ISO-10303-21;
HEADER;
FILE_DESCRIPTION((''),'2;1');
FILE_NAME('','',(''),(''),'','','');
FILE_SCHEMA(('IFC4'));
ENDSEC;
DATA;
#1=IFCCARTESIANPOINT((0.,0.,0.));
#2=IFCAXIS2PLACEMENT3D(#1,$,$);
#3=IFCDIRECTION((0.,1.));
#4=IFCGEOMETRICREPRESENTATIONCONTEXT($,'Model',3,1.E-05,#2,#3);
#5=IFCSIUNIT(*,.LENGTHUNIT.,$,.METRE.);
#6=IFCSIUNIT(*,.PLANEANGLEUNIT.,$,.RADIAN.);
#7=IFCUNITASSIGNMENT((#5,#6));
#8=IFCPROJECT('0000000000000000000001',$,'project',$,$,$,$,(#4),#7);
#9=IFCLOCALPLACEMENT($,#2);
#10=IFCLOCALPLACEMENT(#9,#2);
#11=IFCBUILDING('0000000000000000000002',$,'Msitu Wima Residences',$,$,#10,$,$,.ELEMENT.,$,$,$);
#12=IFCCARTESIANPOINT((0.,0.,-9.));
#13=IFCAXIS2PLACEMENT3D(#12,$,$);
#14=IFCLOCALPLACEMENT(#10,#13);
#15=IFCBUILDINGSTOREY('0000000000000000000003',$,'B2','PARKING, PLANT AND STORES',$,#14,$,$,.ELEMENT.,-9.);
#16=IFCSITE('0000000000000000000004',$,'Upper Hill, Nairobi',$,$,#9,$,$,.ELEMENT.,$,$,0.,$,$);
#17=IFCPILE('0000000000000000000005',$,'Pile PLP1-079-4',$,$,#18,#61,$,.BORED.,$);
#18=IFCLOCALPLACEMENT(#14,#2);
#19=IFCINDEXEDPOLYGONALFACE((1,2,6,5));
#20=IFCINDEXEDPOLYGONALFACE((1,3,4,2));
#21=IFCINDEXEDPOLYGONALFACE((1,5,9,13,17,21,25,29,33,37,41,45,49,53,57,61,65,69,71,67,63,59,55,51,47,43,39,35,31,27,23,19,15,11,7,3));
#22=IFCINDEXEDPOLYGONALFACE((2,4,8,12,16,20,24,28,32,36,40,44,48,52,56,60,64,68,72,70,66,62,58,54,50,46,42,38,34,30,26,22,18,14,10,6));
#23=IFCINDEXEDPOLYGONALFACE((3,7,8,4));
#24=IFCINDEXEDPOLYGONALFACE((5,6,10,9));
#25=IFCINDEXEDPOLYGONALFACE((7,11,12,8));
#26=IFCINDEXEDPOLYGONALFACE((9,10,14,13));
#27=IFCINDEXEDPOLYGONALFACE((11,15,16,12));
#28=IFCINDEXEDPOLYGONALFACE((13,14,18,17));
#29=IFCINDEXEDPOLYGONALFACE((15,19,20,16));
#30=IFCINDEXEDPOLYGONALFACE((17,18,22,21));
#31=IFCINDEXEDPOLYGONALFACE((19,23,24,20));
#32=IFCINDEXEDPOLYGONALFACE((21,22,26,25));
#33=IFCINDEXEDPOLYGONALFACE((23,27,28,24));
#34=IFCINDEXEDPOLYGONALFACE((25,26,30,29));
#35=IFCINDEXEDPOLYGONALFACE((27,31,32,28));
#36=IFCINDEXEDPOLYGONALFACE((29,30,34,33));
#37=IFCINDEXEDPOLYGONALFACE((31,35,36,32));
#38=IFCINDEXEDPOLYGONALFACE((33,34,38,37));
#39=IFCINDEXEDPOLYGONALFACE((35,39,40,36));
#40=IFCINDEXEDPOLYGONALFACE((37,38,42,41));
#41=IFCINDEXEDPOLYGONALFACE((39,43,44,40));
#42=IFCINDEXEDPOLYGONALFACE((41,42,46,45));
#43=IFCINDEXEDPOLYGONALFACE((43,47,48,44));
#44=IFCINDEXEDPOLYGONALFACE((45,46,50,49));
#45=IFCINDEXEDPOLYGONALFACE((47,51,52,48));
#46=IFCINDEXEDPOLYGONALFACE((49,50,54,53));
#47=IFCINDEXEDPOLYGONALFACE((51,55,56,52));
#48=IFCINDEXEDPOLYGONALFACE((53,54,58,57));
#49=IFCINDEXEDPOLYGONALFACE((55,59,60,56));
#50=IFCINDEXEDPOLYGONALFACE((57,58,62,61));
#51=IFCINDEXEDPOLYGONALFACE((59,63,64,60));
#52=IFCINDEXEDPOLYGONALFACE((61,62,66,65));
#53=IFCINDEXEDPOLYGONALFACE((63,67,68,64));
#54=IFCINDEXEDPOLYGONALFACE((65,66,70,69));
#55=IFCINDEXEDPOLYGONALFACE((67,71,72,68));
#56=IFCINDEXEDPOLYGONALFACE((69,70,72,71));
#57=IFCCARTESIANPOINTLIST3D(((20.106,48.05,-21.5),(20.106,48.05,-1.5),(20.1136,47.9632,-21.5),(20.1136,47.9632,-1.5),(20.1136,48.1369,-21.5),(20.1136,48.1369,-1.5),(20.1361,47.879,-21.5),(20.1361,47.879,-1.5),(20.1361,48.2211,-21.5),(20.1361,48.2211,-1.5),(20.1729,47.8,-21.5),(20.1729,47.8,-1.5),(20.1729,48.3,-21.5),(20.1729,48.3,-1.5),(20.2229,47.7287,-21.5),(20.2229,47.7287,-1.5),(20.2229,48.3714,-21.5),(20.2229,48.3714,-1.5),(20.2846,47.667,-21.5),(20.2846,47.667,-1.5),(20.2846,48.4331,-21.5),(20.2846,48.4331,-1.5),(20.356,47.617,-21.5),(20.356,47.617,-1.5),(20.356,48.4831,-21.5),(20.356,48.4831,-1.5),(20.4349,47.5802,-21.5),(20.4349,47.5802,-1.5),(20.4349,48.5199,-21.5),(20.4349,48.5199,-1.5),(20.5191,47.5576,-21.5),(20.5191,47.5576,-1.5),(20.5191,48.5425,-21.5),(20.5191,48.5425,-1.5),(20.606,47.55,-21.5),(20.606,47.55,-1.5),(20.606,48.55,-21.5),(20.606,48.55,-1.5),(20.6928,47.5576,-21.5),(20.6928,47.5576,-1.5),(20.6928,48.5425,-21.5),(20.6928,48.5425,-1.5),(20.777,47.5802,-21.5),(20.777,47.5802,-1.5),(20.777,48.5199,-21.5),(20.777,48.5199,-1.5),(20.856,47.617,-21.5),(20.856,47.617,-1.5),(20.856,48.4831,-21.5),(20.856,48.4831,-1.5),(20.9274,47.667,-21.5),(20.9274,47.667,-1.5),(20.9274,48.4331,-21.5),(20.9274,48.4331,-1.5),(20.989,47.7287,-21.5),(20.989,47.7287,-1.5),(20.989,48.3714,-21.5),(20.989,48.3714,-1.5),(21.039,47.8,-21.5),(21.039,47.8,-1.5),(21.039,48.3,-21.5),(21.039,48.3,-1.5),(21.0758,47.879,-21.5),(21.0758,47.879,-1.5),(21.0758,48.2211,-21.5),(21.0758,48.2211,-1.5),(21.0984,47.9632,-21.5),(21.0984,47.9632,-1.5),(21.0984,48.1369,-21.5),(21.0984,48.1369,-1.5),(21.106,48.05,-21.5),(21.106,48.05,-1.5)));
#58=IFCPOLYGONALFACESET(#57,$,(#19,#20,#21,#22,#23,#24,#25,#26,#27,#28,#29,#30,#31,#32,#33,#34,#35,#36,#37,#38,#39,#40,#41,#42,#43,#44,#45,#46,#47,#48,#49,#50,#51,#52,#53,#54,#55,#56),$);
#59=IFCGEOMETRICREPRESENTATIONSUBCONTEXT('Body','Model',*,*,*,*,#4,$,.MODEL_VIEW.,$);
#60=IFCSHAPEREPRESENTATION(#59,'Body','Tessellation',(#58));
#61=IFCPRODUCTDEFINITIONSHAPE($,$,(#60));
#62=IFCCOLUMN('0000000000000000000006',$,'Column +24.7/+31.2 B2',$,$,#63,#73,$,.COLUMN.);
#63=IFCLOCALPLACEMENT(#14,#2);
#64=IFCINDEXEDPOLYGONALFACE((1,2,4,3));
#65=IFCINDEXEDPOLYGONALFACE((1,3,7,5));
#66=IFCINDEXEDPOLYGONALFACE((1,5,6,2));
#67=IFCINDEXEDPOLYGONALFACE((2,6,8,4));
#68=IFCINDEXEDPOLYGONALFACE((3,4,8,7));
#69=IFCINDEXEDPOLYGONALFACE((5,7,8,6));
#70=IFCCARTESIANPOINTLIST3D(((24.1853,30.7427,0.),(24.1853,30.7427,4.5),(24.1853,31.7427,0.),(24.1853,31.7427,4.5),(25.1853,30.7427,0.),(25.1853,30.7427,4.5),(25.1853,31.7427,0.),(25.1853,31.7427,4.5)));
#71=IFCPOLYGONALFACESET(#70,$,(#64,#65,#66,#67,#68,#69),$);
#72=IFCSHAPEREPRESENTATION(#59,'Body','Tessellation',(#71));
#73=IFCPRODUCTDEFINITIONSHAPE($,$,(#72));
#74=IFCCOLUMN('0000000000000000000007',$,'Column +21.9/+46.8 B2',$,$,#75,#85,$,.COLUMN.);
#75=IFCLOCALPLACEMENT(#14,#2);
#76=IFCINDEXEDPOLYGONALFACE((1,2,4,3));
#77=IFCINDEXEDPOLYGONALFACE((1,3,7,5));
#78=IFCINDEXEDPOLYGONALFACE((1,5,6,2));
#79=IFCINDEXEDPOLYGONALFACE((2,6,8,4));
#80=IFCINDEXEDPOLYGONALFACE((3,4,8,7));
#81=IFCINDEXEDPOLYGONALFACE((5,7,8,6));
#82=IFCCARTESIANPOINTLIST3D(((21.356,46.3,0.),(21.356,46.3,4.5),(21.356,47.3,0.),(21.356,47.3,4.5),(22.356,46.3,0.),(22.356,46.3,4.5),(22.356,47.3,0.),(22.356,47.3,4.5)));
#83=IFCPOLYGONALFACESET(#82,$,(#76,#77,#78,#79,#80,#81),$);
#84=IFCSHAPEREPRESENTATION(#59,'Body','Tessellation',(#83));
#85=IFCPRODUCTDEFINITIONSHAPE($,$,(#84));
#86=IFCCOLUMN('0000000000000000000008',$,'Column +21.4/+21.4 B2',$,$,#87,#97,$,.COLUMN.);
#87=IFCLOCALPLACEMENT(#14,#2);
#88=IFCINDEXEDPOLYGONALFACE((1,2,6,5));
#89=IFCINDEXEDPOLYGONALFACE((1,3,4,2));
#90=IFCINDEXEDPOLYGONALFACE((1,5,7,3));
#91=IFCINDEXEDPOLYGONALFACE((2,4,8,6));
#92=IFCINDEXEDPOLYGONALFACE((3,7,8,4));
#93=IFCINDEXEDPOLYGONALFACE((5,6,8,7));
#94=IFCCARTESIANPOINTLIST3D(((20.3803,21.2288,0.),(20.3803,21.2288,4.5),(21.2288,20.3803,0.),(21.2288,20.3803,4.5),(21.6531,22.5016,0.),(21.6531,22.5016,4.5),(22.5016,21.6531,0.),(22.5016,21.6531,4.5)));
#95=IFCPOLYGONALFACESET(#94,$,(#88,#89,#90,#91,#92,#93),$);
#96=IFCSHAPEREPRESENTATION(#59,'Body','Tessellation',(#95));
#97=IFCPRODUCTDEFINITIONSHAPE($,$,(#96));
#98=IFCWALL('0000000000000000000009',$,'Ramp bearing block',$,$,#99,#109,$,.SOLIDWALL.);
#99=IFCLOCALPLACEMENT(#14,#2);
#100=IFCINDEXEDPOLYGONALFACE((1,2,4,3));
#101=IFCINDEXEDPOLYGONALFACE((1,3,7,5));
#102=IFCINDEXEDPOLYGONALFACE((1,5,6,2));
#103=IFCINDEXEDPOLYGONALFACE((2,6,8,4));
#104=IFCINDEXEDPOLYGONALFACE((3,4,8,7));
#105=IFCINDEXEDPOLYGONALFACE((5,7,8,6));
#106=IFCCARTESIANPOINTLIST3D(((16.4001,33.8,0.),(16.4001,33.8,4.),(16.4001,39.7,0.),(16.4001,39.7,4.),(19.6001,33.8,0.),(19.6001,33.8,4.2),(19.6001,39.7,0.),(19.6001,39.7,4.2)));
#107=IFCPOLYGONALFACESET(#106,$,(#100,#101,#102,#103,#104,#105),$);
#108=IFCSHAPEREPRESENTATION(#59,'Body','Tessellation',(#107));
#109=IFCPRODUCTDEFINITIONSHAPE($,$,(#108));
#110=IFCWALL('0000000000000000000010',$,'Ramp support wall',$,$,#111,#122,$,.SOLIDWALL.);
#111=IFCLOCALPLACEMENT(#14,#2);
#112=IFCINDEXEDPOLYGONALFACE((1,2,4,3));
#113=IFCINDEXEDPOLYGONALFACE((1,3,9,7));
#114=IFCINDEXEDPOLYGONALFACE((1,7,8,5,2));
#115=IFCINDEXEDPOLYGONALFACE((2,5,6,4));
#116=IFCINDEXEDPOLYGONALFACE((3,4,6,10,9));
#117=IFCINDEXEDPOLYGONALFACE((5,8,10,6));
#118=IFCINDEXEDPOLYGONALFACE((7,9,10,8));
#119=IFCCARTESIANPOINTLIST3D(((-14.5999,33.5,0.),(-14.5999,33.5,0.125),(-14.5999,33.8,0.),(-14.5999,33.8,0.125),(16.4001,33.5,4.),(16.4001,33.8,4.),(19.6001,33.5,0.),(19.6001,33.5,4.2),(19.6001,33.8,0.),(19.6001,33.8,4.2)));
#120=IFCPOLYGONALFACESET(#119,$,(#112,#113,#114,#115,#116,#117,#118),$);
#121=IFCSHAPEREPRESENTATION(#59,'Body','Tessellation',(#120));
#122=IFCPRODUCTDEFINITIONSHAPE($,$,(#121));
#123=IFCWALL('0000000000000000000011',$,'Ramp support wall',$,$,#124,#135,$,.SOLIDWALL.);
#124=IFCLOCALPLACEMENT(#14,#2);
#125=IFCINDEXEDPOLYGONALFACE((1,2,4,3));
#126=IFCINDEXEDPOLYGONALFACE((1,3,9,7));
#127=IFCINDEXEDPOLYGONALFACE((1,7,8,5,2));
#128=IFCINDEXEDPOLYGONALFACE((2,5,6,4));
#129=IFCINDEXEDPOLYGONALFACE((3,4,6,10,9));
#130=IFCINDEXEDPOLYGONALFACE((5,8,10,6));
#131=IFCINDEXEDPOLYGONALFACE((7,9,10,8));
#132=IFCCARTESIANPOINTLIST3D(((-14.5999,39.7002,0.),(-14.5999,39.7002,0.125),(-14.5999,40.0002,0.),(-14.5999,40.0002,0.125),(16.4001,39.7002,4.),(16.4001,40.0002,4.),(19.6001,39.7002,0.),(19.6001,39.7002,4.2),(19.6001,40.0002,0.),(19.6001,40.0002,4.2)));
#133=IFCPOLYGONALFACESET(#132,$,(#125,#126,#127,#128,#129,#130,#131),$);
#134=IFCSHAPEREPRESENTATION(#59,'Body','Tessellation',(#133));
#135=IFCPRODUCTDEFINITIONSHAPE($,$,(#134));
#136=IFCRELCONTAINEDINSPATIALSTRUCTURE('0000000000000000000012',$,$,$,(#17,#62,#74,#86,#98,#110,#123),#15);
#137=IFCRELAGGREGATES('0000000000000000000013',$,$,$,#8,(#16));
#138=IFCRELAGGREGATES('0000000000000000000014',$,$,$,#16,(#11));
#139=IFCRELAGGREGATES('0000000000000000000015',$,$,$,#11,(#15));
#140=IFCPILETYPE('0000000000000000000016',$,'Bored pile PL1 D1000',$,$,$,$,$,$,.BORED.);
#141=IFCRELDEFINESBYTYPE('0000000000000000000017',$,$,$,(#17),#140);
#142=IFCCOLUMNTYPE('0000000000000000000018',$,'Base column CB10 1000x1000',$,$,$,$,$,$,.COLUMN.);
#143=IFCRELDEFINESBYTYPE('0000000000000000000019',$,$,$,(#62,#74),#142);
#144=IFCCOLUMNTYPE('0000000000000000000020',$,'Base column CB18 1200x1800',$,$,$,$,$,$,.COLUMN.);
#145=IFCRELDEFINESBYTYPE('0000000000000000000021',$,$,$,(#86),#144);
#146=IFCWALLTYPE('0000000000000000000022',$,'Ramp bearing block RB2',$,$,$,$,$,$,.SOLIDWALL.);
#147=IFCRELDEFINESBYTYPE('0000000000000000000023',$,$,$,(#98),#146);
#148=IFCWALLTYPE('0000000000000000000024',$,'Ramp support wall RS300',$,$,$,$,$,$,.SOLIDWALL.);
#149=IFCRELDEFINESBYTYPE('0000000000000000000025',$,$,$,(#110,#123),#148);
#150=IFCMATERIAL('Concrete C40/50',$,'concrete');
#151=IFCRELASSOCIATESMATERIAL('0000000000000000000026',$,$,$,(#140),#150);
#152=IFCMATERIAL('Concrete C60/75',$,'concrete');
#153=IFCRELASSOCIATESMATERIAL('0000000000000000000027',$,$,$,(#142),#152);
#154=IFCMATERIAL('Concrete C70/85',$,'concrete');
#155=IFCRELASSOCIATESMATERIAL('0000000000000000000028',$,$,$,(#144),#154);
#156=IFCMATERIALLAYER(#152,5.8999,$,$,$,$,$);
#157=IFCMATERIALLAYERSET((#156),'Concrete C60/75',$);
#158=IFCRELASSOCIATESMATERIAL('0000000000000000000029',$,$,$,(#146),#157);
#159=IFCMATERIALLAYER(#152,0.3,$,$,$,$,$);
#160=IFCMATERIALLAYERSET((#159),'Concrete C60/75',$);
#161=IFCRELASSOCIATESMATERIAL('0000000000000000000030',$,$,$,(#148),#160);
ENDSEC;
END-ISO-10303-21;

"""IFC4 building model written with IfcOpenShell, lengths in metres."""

from ifc_helpers import new_model, si_unit, direction, frame, origin, origin_2d, place, context, subcontext, project, spatial, polyline, rectangle, circle, outline, extrude, material, layer, layer_set, material_profile, profile_set, type_object, element, save


model = new_model("IFC4")

# Units and contexts
model_context = context("Model", 3, precision=1e-05, world=origin(), true_north=direction((0.0, 1.0)))
body_context = subcontext(model_context, "Body", "Model", "MODEL_VIEW")
ifc_project = project(units=[si_unit("LENGTHUNIT", "METRE"), si_unit("PLANEANGLEUNIT", "RADIAN")], contexts=[model_context])

# Site, building, storey
site_placement = place(None, origin())
site = spatial("IfcSite", under=ifc_project, at=site_placement, Name="Upper Hill, Nairobi", CompositionType="ELEMENT", RefElevation=0.0)
building_placement = place(site_placement, origin())
building = spatial("IfcBuilding", under=site, at=building_placement, Name="Msitu Wima Residences", CompositionType="ELEMENT")
storey_placement = place(building_placement, frame((0.0, 0.0, -9.0)))
storey = spatial("IfcBuildingStorey", under=building, at=storey_placement, Name="B2", Description="PARKING, PLANT AND STORES", CompositionType="ELEMENT", Elevation=-9.0)

# Pile
ifc_material_1 = material(Name="Concrete C40/50", Category="concrete")
pile_type_1 = type_object("IfcPileType", Name="Bored pile PL1 D1000", PredefinedType="BORED", material=ifc_material_1)
for number, where, z_axis, x_axis, name in (
    (1, (20.606, 48.05, -1.5), (0.0, 0.0, -1.0), (1.0, 0.0, 0.0), "Pile PLP1-079-4"),
):
    element("IfcPile", number, at=place(storey_placement, frame(where, z_axis=z_axis, x_axis=x_axis)), inside=storey, type_object=pile_type_1, Name=name, PredefinedType="BORED", context=body_context, shape_type="SweptSolid", body=[
        extrude(circle(Radius=0.5, at=origin_2d()), origin(), (0.0, 0.0, 1.0), 20.0),
    ])

# Columns
ifc_material_2 = material(Name="Concrete C60/75", Category="concrete")
ifc_material_profile_1 = material_profile(ifc_material_2, rectangle(XDim=1.0, YDim=1.0, at=origin_2d()), Name="RC 1000x1000")
ifc_profile_set_1 = profile_set([ifc_material_profile_1], Name="Concrete C60/75")
column_type_1 = type_object("IfcColumnType", Name="Base column CB10 1000x1000", PredefinedType="COLUMN", material=ifc_profile_set_1)
for number, where, z_axis, x_axis, name in (
    (2, (24.6853, 31.2427, 0.0), (0.0, 0.0, 1.0), (1.0, 0.0, 0.0), "Column +24.7/+31.2 B2"),
    (3, (21.856, 46.8, 0.0), (0.0, 0.0, 1.0), (1.0, 0.0, 0.0), "Column +21.9/+46.8 B2"),
):
    element("IfcColumn", number, at=place(storey_placement, frame(where, z_axis=z_axis, x_axis=x_axis)), inside=storey, type_object=column_type_1, Name=name, PredefinedType="COLUMN", context=body_context, shape_type="SweptSolid", body=[
        extrude(rectangle(XDim=1.0, YDim=1.0, at=origin_2d()), origin(), (0.0, 0.0, 1.0), 4.5),
    ])
ifc_material_3 = material(Name="Concrete C70/85", Category="concrete")
ifc_material_profile_2 = material_profile(ifc_material_3, rectangle(XDim=1.2, YDim=1.8, at=origin_2d()), Name="RC 1200x1800")
ifc_profile_set_2 = profile_set([ifc_material_profile_2], Name="Concrete C70/85")
column_type_2 = type_object("IfcColumnType", Name="Base column CB18 1200x1800", PredefinedType="COLUMN", material=ifc_profile_set_2)
column_placement = place(storey_placement, frame((21.4409, 21.4409, 0.0), z_axis=(0.0, 0.0, 1.0), x_axis=(-0.707107, 0.707107, 0.0)))
element("IfcColumn", 4, at=column_placement, inside=storey, type_object=column_type_2, Name="Column +21.4/+21.4 B2", PredefinedType="COLUMN", context=body_context, shape_type="SweptSolid", body=[
    extrude(rectangle(XDim=1.2, YDim=1.8, at=origin_2d()), origin(), (0.0, 0.0, 1.0), 4.5),
])

# Walls
ifc_layer_1 = layer(ifc_material_2, 5.8999)
ifc_layer_set_1 = layer_set([ifc_layer_1], Name="Concrete C60/75")
wall_type_1 = type_object("IfcWallType", Name="Ramp bearing block RB2", PredefinedType="SOLIDWALL", material=ifc_layer_set_1)
wall_placement = place(storey_placement, frame((19.6001, 36.75, 0.0), z_axis=(0.0, 0.0, 1.0), x_axis=(-1.0, 0.0, 0.0)))
element("IfcWall", 5, at=wall_placement, inside=storey, type_object=wall_type_1, Name="Ramp bearing block", PredefinedType="SOLIDWALL", context=body_context, shape_type="SweptSolid", body=[
    extrude(outline(polyline([(0.0, 0.0), (3.2, 0.0), (3.2, 4.0), (0.0, 4.2), (0.0, 0.0)])), frame((0.0, 2.95, 0.0), z_axis=(0.0, -1.0, 0.0), x_axis=(1.0, 0.0, 0.0)), (0.0, 0.0, 1.0), 5.8999),
])
ifc_layer_2 = layer(ifc_material_2, 0.3)
ifc_layer_set_2 = layer_set([ifc_layer_2], Name="Concrete C60/75")
wall_type_2 = type_object("IfcWallType", Name="Ramp support wall RS300", PredefinedType="SOLIDWALL", material=ifc_layer_set_2)
for number, where, z_axis, x_axis, name in (
    (6, (19.6001, 33.6499, 0.0), (0.0, 0.0, 1.0), (-1.0, 0.0, 0.0), "Ramp support wall"),
    (7, (19.6001, 39.8501, 0.0), (0.0, 0.0, 1.0), (-1.0, 0.0, 0.0), "Ramp support wall"),
):
    element("IfcWall", number, at=place(storey_placement, frame(where, z_axis=z_axis, x_axis=x_axis)), inside=storey, type_object=wall_type_2, Name=name, PredefinedType="SOLIDWALL", context=body_context, shape_type="SweptSolid", body=[
        extrude(outline(polyline([(0.0, 0.0), (34.2, 0.0), (34.2, 0.125), (3.2, 4.0), (0.0, 4.2), (0.0, 0.0)])), frame((0.0, 0.1499, 0.0), z_axis=(0.0, -1.0, 0.0), x_axis=(1.0, 0.0, 0.0)), (0.0, 0.0, 1.0), 0.3),
    ])

save(model, "model.ifc")
